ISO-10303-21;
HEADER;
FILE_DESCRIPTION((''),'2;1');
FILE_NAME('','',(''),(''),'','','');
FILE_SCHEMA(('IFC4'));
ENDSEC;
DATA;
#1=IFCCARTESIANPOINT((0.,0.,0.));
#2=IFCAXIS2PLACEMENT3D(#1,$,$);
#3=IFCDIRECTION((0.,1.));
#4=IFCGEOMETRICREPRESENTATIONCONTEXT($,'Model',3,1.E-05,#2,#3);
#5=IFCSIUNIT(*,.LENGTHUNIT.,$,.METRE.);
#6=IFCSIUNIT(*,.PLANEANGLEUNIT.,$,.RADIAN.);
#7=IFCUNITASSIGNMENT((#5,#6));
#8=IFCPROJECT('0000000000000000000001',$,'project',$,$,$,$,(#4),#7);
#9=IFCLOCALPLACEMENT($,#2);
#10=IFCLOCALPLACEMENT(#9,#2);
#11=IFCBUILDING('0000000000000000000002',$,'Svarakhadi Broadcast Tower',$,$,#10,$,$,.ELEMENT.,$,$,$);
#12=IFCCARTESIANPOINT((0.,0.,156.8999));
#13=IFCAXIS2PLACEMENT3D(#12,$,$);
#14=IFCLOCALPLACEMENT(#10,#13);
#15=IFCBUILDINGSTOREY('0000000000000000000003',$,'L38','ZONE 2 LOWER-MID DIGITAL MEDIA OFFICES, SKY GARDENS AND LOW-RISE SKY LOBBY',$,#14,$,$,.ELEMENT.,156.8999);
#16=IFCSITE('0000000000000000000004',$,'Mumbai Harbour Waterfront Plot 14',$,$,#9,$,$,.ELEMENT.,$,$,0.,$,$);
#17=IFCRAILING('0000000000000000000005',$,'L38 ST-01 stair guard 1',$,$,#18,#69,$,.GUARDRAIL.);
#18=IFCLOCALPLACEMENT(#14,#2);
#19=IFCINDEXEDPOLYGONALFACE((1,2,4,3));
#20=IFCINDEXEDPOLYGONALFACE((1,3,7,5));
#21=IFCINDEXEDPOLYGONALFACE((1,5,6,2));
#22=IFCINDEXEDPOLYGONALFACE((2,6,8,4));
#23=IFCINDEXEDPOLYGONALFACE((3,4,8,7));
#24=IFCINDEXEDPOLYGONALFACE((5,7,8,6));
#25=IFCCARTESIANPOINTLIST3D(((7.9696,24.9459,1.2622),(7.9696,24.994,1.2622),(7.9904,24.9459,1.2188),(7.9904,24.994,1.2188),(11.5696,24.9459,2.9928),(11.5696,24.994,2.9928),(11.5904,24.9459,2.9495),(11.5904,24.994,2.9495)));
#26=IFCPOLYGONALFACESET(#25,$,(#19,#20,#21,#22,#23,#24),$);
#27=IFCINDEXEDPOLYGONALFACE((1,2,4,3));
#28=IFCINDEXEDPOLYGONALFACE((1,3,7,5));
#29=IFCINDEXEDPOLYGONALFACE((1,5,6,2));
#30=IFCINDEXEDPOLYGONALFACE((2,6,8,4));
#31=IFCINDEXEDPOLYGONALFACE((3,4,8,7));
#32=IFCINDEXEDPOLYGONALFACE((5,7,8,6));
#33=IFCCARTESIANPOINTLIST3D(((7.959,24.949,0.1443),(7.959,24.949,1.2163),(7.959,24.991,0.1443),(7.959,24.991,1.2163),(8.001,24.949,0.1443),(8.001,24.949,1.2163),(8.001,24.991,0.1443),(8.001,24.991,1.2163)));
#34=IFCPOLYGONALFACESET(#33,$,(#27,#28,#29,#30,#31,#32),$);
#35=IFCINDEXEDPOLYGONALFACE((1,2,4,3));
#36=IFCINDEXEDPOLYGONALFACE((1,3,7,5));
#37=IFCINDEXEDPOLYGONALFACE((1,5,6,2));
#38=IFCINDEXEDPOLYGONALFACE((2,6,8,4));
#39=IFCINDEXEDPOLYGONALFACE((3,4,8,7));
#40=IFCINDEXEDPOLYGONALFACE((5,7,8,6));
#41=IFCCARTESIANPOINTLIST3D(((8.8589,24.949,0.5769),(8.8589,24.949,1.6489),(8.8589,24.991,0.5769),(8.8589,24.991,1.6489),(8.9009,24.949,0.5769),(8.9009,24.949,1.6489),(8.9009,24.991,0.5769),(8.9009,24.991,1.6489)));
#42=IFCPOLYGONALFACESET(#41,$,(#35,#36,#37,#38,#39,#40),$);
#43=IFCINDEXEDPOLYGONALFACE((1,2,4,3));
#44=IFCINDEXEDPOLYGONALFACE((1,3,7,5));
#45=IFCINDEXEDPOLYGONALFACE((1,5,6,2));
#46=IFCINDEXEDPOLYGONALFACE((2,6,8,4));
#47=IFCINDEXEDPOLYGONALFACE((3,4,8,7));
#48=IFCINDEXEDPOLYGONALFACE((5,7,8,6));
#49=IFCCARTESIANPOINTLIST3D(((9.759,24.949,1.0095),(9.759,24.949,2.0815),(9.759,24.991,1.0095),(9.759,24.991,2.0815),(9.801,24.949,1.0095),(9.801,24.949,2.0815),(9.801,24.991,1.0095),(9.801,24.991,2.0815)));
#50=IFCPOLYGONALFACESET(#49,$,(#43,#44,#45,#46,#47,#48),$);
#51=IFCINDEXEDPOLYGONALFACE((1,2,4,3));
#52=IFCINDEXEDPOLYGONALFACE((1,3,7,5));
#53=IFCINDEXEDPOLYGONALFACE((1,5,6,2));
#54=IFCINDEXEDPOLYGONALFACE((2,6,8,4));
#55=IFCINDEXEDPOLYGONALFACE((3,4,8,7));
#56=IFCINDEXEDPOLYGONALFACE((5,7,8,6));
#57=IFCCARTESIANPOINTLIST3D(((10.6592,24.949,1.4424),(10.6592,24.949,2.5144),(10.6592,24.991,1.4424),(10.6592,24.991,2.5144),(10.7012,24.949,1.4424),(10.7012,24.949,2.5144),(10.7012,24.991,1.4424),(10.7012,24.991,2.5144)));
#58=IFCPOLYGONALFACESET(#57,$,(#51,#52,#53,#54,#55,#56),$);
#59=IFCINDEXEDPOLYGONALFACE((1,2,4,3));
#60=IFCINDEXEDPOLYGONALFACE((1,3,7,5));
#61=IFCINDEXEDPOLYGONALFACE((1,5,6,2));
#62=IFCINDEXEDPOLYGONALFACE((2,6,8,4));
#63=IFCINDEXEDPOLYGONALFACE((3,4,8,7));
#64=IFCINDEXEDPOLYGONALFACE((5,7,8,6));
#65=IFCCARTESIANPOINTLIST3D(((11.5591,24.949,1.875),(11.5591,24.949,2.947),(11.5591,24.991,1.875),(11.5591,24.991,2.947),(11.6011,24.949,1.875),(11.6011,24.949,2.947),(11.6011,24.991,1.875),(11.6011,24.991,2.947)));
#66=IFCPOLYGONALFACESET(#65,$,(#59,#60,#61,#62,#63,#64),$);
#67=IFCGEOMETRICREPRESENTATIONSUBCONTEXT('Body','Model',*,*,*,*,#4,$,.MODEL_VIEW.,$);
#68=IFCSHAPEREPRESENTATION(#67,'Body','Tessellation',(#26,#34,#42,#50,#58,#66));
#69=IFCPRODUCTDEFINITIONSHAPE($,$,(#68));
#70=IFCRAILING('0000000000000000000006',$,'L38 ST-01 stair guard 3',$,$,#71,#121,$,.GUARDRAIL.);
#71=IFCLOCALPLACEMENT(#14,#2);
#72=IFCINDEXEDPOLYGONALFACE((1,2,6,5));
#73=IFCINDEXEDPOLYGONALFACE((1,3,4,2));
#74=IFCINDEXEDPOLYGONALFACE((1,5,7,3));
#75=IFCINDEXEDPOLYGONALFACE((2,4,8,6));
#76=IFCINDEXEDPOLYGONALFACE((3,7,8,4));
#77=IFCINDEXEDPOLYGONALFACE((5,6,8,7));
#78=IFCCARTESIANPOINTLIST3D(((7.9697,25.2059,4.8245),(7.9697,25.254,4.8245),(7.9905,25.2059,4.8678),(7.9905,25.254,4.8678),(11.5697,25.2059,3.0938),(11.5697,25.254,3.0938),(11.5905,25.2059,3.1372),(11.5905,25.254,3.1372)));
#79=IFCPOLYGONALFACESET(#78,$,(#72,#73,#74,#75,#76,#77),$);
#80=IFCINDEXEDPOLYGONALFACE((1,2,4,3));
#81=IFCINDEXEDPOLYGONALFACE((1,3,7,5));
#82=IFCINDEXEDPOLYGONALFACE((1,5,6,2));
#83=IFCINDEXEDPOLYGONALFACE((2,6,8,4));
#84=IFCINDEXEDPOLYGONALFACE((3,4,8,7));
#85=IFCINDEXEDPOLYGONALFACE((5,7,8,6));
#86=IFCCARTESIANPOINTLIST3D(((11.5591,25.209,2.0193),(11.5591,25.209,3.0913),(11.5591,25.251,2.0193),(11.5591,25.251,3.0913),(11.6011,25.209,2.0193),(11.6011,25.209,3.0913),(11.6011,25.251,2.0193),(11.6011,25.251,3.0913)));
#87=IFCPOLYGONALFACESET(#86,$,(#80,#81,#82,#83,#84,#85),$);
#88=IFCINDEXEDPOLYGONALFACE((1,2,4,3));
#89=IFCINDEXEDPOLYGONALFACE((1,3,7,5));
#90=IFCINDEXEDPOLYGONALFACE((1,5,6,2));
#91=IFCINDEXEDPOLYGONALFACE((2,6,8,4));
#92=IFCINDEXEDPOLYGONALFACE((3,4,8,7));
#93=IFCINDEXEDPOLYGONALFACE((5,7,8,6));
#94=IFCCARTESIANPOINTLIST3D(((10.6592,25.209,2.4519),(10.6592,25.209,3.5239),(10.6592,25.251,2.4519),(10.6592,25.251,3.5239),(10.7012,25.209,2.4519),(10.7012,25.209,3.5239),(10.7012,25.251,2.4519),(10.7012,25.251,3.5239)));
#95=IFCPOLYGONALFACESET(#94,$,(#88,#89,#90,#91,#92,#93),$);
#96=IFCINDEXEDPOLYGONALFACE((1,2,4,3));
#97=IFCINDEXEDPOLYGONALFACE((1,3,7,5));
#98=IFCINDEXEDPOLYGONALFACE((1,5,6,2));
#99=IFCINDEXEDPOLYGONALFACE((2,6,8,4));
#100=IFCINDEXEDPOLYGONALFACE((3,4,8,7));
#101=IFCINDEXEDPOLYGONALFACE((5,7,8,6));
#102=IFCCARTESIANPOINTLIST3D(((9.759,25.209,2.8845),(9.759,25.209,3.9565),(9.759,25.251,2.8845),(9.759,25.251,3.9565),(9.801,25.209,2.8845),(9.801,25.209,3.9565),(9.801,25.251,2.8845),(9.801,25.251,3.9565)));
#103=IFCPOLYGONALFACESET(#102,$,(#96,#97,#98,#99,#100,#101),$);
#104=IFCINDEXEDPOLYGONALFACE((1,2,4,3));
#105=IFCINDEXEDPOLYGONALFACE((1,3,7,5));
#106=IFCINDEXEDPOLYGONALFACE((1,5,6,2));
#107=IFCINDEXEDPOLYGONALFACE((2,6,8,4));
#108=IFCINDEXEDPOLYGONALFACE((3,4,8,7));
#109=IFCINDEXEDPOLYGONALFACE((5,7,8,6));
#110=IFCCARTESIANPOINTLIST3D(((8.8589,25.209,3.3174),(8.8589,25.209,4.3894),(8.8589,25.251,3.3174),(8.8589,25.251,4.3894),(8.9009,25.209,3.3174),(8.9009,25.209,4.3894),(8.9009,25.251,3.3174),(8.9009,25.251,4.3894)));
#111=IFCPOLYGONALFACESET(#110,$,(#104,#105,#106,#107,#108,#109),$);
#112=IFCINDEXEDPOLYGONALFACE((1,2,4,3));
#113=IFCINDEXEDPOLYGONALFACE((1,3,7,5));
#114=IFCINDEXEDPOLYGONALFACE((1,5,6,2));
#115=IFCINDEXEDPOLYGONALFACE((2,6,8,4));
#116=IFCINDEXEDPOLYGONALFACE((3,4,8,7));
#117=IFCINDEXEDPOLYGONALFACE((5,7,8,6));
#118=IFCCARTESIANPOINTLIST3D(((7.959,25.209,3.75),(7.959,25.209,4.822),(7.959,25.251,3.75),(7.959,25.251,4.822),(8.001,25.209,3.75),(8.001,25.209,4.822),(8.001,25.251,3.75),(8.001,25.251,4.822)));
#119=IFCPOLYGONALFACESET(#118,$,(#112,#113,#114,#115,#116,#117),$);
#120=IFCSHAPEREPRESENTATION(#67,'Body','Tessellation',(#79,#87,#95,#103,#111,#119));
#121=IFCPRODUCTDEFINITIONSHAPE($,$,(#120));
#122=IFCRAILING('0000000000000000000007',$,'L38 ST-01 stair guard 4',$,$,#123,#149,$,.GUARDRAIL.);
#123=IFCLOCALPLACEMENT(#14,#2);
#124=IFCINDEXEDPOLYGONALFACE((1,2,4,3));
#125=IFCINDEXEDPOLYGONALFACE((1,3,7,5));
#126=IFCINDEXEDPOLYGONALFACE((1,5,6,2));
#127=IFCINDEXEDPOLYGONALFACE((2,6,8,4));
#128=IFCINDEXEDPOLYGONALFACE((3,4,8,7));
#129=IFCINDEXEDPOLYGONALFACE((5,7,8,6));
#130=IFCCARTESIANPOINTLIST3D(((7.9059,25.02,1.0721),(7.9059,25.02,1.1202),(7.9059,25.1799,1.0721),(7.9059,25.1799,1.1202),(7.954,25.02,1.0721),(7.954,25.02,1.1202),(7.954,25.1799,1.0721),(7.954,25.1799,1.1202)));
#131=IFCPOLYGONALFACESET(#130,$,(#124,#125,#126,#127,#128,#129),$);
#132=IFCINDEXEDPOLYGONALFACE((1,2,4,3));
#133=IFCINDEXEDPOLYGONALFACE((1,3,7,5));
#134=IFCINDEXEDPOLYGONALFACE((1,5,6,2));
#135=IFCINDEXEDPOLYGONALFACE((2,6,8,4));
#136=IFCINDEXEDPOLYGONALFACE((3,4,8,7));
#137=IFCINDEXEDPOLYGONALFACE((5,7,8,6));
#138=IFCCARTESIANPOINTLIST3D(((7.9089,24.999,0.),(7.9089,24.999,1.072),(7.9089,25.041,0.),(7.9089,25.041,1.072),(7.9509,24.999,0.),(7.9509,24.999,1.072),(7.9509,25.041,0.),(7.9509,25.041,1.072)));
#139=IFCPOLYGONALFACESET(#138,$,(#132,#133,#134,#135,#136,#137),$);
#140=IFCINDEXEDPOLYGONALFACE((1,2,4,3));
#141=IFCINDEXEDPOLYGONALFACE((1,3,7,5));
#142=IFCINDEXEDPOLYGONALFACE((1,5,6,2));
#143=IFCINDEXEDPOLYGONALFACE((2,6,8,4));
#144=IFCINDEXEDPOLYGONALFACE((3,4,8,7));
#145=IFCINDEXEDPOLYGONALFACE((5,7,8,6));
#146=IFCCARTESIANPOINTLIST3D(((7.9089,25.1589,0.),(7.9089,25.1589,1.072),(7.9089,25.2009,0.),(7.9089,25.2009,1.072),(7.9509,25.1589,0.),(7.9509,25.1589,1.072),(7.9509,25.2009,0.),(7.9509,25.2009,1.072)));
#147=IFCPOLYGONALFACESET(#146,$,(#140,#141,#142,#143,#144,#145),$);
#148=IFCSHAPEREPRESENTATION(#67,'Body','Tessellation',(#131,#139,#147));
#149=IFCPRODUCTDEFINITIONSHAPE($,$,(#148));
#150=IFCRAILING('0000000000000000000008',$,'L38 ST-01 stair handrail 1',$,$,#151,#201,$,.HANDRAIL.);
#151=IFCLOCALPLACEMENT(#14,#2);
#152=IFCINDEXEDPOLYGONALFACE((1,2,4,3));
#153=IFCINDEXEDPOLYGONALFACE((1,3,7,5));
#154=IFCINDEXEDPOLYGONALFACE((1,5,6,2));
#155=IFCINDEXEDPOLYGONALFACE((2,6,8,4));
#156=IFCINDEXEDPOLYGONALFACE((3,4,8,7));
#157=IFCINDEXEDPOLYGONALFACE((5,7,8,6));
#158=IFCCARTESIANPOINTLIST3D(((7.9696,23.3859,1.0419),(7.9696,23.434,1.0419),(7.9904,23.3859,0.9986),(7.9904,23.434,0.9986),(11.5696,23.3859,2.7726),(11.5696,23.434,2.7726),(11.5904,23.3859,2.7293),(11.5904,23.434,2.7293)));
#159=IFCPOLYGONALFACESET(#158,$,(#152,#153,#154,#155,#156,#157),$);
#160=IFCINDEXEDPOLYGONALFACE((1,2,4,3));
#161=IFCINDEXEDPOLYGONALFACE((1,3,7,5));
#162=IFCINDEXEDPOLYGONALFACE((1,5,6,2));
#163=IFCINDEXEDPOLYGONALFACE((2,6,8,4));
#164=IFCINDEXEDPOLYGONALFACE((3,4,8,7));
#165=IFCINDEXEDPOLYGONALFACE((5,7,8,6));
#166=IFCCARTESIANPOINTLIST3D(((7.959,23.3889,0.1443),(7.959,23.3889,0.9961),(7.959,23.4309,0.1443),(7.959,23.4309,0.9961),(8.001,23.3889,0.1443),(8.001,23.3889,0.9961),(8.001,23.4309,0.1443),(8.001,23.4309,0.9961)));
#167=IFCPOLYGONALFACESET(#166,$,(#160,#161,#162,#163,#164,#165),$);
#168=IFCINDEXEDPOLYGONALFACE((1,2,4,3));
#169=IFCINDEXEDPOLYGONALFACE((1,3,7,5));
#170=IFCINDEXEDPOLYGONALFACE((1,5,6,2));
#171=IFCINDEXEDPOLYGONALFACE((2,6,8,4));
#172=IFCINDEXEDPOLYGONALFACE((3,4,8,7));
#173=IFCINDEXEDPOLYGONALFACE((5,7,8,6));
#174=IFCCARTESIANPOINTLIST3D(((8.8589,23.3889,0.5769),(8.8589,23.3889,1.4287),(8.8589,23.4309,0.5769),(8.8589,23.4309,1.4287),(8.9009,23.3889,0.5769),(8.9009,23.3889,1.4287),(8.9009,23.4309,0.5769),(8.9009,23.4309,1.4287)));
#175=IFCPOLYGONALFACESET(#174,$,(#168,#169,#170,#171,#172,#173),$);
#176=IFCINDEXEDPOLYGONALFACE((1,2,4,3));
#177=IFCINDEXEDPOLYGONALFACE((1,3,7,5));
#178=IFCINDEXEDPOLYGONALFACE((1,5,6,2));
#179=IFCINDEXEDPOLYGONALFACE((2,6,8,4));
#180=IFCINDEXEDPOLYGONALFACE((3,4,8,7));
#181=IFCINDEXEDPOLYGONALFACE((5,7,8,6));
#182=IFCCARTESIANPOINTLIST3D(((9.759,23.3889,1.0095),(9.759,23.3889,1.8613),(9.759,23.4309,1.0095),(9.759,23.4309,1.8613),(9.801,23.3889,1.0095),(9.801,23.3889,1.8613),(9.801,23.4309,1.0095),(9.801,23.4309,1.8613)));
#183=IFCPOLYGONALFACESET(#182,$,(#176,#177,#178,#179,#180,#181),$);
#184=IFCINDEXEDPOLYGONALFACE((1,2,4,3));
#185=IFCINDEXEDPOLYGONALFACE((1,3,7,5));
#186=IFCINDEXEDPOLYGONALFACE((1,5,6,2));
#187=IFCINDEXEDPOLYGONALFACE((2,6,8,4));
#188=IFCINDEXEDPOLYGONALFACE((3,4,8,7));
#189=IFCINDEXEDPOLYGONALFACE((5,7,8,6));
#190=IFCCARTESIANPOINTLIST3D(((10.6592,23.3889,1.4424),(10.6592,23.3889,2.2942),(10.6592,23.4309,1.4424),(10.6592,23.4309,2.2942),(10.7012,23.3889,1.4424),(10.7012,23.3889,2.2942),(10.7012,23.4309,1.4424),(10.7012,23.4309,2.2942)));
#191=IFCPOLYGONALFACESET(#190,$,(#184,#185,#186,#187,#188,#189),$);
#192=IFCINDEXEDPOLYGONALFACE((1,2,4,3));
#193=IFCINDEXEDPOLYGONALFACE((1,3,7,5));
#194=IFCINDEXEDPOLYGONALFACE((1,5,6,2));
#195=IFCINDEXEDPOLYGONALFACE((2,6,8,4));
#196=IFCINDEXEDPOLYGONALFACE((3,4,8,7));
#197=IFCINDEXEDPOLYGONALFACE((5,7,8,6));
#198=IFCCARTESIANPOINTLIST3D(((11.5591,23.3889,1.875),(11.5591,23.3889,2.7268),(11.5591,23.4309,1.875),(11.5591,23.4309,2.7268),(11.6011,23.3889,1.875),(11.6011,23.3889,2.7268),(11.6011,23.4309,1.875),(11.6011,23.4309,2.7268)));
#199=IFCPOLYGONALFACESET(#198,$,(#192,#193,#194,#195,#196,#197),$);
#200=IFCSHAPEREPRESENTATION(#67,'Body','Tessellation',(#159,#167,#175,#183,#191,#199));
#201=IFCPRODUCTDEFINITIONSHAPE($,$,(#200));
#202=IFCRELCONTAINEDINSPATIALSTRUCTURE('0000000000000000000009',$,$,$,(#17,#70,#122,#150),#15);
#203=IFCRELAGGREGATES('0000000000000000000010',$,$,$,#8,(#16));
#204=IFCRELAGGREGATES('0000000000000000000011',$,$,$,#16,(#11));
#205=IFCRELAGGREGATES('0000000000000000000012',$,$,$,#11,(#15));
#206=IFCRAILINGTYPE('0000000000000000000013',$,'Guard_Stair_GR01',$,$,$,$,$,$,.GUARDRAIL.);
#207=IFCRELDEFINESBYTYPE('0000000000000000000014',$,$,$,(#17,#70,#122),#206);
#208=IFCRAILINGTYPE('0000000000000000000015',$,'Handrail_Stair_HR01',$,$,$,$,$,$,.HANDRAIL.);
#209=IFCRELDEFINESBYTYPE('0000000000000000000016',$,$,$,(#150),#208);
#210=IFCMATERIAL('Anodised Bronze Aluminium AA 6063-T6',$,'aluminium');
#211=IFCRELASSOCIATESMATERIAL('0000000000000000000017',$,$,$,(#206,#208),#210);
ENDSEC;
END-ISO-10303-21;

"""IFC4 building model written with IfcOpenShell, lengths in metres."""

from ifc_helpers import new_model, si_unit, direction, frame, origin, origin_2d, place, context, subcontext, project, spatial, rectangle, extrude, material, type_object, element, save


model = new_model("IFC4")

# Units and contexts
model_context = context("Model", 3, precision=1e-05, world=origin(), true_north=direction((0.0, 1.0)))
body_context = subcontext(model_context, "Body", "Model", "MODEL_VIEW")
ifc_project = project(units=[si_unit("LENGTHUNIT", "METRE"), si_unit("PLANEANGLEUNIT", "RADIAN")], contexts=[model_context])

# Site, building, storey
site_placement = place(None, origin())
site = spatial("IfcSite", under=ifc_project, at=site_placement, Name="Mumbai Harbour Waterfront Plot 14", CompositionType="ELEMENT", RefElevation=0.0)
building_placement = place(site_placement, origin())
building = spatial("IfcBuilding", under=site, at=building_placement, Name="Svarakhadi Broadcast Tower", CompositionType="ELEMENT")
storey_placement = place(building_placement, frame((0.0, 0.0, 156.8999)))
storey = spatial("IfcBuildingStorey", under=building, at=storey_placement, Name="L38", Description="ZONE 2 LOWER-MID DIGITAL MEDIA OFFICES, SKY GARDENS AND LOW-RISE SKY LOBBY", CompositionType="ELEMENT", Elevation=156.8999)

# Railings
ifc_material_1 = material(Name="Anodised Bronze Aluminium AA 6063-T6", Category="aluminium")
railing_type_1 = type_object("IfcRailingType", Name="Guard_Stair_GR01", PredefinedType="GUARDRAIL", material=ifc_material_1)
railing_1_placement = place(storey_placement, frame((7.98, 24.97, 0.1443)))
element("IfcRailing", 1, at=railing_1_placement, inside=storey, type_object=railing_type_1, Name="L38 ST-01 stair guard 1", PredefinedType="GUARDRAIL", context=body_context, shape_type="SweptSolid", body=[
    extrude(rectangle(XDim=0.0481, YDim=0.0481, at=origin_2d()), frame((0.0, 0.0, 1.0962), z_axis=(0.901263, 0.0, 0.433273), x_axis=(0.0, 1.0, 0.0)), (0.0, 0.0, 1.0), 3.9944),
    extrude(rectangle(XDim=0.042, YDim=0.042, at=origin_2d()), origin(), (0.0, 0.0, 1.0), 1.072),
    extrude(rectangle(XDim=0.042, YDim=0.042, at=origin_2d()), frame((0.8999, 0.0, 0.4326)), (0.0, 0.0, 1.0), 1.072),
    extrude(rectangle(XDim=0.042, YDim=0.042, at=origin_2d()), frame((1.8, 0.0, 0.8652)), (0.0, 0.0, 1.0), 1.072),
    extrude(rectangle(XDim=0.042, YDim=0.042, at=origin_2d()), frame((2.7002, 0.0, 1.2981)), (0.0, 0.0, 1.0), 1.072),
    extrude(rectangle(XDim=0.042, YDim=0.042, at=origin_2d()), frame((3.6001, 0.0, 1.7307)), (0.0, 0.0, 1.0), 1.072),
])
railing_2_placement = place(storey_placement, frame((11.5801, 25.23, 2.0193)))
element("IfcRailing", 2, at=railing_2_placement, inside=storey, type_object=railing_type_1, Name="L38 ST-01 stair guard 3", PredefinedType="GUARDRAIL", context=body_context, shape_type="SweptSolid", body=[
    extrude(rectangle(XDim=0.0481, YDim=0.0481, at=origin_2d()), frame((0.0, 0.0, 1.0962), z_axis=(-0.901263, 0.0, 0.433273), x_axis=(0.0, -1.0, 0.0)), (0.0, 0.0, 1.0), 3.9944),
    extrude(rectangle(XDim=0.042, YDim=0.042, at=origin_2d()), origin(), (0.0, 0.0, 1.0), 1.072),
    extrude(rectangle(XDim=0.042, YDim=0.042, at=origin_2d()), frame((-0.8999, 0.0, 0.4326)), (0.0, 0.0, 1.0), 1.072),
    extrude(rectangle(XDim=0.042, YDim=0.042, at=origin_2d()), frame((-1.8, 0.0, 0.8652)), (0.0, 0.0, 1.0), 1.072),
    extrude(rectangle(XDim=0.042, YDim=0.042, at=origin_2d()), frame((-2.7002, 0.0, 1.2981)), (0.0, 0.0, 1.0), 1.072),
    extrude(rectangle(XDim=0.042, YDim=0.042, at=origin_2d()), frame((-3.6001, 0.0, 1.7307)), (0.0, 0.0, 1.0), 1.072),
])
railing_3_placement = place(storey_placement, frame((7.9299, 25.02, 0.0)))
element("IfcRailing", 3, at=railing_3_placement, inside=storey, type_object=railing_type_1, Name="L38 ST-01 stair guard 4", PredefinedType="GUARDRAIL", context=body_context, shape_type="SweptSolid", body=[
    extrude(rectangle(XDim=0.0481, YDim=0.0481, at=origin_2d()), frame((0.0, 0.0, 1.0962), z_axis=(0.0, 1.0, 0.0), x_axis=(-1.0, 0.0, 0.0)), (0.0, 0.0, 1.0), 0.1599),
    extrude(rectangle(XDim=0.042, YDim=0.042, at=origin_2d()), origin(), (0.0, 0.0, 1.0), 1.072),
    extrude(rectangle(XDim=0.042, YDim=0.042, at=origin_2d()), frame((0.0, 0.1599, 0.0)), (0.0, 0.0, 1.0), 1.072),
])
railing_type_2 = type_object("IfcRailingType", Name="Handrail_Stair_HR01", PredefinedType="HANDRAIL", material=ifc_material_1)
railing_4_placement = place(storey_placement, frame((7.98, 23.4099, 0.1443)))
element("IfcRailing", 4, at=railing_4_placement, inside=storey, type_object=railing_type_2, Name="L38 ST-01 stair handrail 1", PredefinedType="HANDRAIL", context=body_context, shape_type="SweptSolid", body=[
    extrude(rectangle(XDim=0.0481, YDim=0.0481, at=origin_2d()), frame((0.0, 0.0, 0.876), z_axis=(0.901263, 0.0, 0.433273), x_axis=(0.0, 1.0, 0.0)), (0.0, 0.0, 1.0), 3.9944),
    extrude(rectangle(XDim=0.042, YDim=0.042, at=origin_2d()), origin(), (0.0, 0.0, 1.0), 0.8518),
    extrude(rectangle(XDim=0.042, YDim=0.042, at=origin_2d()), frame((0.8999, 0.0, 0.4326)), (0.0, 0.0, 1.0), 0.8518),
    extrude(rectangle(XDim=0.042, YDim=0.042, at=origin_2d()), frame((1.8, 0.0, 0.8652)), (0.0, 0.0, 1.0), 0.8518),
    extrude(rectangle(XDim=0.042, YDim=0.042, at=origin_2d()), frame((2.7002, 0.0, 1.2981)), (0.0, 0.0, 1.0), 0.8518),
    extrude(rectangle(XDim=0.042, YDim=0.042, at=origin_2d()), frame((3.6001, 0.0, 1.7307)), (0.0, 0.0, 1.0), 0.8518),
])

save(model, "model.ifc")
